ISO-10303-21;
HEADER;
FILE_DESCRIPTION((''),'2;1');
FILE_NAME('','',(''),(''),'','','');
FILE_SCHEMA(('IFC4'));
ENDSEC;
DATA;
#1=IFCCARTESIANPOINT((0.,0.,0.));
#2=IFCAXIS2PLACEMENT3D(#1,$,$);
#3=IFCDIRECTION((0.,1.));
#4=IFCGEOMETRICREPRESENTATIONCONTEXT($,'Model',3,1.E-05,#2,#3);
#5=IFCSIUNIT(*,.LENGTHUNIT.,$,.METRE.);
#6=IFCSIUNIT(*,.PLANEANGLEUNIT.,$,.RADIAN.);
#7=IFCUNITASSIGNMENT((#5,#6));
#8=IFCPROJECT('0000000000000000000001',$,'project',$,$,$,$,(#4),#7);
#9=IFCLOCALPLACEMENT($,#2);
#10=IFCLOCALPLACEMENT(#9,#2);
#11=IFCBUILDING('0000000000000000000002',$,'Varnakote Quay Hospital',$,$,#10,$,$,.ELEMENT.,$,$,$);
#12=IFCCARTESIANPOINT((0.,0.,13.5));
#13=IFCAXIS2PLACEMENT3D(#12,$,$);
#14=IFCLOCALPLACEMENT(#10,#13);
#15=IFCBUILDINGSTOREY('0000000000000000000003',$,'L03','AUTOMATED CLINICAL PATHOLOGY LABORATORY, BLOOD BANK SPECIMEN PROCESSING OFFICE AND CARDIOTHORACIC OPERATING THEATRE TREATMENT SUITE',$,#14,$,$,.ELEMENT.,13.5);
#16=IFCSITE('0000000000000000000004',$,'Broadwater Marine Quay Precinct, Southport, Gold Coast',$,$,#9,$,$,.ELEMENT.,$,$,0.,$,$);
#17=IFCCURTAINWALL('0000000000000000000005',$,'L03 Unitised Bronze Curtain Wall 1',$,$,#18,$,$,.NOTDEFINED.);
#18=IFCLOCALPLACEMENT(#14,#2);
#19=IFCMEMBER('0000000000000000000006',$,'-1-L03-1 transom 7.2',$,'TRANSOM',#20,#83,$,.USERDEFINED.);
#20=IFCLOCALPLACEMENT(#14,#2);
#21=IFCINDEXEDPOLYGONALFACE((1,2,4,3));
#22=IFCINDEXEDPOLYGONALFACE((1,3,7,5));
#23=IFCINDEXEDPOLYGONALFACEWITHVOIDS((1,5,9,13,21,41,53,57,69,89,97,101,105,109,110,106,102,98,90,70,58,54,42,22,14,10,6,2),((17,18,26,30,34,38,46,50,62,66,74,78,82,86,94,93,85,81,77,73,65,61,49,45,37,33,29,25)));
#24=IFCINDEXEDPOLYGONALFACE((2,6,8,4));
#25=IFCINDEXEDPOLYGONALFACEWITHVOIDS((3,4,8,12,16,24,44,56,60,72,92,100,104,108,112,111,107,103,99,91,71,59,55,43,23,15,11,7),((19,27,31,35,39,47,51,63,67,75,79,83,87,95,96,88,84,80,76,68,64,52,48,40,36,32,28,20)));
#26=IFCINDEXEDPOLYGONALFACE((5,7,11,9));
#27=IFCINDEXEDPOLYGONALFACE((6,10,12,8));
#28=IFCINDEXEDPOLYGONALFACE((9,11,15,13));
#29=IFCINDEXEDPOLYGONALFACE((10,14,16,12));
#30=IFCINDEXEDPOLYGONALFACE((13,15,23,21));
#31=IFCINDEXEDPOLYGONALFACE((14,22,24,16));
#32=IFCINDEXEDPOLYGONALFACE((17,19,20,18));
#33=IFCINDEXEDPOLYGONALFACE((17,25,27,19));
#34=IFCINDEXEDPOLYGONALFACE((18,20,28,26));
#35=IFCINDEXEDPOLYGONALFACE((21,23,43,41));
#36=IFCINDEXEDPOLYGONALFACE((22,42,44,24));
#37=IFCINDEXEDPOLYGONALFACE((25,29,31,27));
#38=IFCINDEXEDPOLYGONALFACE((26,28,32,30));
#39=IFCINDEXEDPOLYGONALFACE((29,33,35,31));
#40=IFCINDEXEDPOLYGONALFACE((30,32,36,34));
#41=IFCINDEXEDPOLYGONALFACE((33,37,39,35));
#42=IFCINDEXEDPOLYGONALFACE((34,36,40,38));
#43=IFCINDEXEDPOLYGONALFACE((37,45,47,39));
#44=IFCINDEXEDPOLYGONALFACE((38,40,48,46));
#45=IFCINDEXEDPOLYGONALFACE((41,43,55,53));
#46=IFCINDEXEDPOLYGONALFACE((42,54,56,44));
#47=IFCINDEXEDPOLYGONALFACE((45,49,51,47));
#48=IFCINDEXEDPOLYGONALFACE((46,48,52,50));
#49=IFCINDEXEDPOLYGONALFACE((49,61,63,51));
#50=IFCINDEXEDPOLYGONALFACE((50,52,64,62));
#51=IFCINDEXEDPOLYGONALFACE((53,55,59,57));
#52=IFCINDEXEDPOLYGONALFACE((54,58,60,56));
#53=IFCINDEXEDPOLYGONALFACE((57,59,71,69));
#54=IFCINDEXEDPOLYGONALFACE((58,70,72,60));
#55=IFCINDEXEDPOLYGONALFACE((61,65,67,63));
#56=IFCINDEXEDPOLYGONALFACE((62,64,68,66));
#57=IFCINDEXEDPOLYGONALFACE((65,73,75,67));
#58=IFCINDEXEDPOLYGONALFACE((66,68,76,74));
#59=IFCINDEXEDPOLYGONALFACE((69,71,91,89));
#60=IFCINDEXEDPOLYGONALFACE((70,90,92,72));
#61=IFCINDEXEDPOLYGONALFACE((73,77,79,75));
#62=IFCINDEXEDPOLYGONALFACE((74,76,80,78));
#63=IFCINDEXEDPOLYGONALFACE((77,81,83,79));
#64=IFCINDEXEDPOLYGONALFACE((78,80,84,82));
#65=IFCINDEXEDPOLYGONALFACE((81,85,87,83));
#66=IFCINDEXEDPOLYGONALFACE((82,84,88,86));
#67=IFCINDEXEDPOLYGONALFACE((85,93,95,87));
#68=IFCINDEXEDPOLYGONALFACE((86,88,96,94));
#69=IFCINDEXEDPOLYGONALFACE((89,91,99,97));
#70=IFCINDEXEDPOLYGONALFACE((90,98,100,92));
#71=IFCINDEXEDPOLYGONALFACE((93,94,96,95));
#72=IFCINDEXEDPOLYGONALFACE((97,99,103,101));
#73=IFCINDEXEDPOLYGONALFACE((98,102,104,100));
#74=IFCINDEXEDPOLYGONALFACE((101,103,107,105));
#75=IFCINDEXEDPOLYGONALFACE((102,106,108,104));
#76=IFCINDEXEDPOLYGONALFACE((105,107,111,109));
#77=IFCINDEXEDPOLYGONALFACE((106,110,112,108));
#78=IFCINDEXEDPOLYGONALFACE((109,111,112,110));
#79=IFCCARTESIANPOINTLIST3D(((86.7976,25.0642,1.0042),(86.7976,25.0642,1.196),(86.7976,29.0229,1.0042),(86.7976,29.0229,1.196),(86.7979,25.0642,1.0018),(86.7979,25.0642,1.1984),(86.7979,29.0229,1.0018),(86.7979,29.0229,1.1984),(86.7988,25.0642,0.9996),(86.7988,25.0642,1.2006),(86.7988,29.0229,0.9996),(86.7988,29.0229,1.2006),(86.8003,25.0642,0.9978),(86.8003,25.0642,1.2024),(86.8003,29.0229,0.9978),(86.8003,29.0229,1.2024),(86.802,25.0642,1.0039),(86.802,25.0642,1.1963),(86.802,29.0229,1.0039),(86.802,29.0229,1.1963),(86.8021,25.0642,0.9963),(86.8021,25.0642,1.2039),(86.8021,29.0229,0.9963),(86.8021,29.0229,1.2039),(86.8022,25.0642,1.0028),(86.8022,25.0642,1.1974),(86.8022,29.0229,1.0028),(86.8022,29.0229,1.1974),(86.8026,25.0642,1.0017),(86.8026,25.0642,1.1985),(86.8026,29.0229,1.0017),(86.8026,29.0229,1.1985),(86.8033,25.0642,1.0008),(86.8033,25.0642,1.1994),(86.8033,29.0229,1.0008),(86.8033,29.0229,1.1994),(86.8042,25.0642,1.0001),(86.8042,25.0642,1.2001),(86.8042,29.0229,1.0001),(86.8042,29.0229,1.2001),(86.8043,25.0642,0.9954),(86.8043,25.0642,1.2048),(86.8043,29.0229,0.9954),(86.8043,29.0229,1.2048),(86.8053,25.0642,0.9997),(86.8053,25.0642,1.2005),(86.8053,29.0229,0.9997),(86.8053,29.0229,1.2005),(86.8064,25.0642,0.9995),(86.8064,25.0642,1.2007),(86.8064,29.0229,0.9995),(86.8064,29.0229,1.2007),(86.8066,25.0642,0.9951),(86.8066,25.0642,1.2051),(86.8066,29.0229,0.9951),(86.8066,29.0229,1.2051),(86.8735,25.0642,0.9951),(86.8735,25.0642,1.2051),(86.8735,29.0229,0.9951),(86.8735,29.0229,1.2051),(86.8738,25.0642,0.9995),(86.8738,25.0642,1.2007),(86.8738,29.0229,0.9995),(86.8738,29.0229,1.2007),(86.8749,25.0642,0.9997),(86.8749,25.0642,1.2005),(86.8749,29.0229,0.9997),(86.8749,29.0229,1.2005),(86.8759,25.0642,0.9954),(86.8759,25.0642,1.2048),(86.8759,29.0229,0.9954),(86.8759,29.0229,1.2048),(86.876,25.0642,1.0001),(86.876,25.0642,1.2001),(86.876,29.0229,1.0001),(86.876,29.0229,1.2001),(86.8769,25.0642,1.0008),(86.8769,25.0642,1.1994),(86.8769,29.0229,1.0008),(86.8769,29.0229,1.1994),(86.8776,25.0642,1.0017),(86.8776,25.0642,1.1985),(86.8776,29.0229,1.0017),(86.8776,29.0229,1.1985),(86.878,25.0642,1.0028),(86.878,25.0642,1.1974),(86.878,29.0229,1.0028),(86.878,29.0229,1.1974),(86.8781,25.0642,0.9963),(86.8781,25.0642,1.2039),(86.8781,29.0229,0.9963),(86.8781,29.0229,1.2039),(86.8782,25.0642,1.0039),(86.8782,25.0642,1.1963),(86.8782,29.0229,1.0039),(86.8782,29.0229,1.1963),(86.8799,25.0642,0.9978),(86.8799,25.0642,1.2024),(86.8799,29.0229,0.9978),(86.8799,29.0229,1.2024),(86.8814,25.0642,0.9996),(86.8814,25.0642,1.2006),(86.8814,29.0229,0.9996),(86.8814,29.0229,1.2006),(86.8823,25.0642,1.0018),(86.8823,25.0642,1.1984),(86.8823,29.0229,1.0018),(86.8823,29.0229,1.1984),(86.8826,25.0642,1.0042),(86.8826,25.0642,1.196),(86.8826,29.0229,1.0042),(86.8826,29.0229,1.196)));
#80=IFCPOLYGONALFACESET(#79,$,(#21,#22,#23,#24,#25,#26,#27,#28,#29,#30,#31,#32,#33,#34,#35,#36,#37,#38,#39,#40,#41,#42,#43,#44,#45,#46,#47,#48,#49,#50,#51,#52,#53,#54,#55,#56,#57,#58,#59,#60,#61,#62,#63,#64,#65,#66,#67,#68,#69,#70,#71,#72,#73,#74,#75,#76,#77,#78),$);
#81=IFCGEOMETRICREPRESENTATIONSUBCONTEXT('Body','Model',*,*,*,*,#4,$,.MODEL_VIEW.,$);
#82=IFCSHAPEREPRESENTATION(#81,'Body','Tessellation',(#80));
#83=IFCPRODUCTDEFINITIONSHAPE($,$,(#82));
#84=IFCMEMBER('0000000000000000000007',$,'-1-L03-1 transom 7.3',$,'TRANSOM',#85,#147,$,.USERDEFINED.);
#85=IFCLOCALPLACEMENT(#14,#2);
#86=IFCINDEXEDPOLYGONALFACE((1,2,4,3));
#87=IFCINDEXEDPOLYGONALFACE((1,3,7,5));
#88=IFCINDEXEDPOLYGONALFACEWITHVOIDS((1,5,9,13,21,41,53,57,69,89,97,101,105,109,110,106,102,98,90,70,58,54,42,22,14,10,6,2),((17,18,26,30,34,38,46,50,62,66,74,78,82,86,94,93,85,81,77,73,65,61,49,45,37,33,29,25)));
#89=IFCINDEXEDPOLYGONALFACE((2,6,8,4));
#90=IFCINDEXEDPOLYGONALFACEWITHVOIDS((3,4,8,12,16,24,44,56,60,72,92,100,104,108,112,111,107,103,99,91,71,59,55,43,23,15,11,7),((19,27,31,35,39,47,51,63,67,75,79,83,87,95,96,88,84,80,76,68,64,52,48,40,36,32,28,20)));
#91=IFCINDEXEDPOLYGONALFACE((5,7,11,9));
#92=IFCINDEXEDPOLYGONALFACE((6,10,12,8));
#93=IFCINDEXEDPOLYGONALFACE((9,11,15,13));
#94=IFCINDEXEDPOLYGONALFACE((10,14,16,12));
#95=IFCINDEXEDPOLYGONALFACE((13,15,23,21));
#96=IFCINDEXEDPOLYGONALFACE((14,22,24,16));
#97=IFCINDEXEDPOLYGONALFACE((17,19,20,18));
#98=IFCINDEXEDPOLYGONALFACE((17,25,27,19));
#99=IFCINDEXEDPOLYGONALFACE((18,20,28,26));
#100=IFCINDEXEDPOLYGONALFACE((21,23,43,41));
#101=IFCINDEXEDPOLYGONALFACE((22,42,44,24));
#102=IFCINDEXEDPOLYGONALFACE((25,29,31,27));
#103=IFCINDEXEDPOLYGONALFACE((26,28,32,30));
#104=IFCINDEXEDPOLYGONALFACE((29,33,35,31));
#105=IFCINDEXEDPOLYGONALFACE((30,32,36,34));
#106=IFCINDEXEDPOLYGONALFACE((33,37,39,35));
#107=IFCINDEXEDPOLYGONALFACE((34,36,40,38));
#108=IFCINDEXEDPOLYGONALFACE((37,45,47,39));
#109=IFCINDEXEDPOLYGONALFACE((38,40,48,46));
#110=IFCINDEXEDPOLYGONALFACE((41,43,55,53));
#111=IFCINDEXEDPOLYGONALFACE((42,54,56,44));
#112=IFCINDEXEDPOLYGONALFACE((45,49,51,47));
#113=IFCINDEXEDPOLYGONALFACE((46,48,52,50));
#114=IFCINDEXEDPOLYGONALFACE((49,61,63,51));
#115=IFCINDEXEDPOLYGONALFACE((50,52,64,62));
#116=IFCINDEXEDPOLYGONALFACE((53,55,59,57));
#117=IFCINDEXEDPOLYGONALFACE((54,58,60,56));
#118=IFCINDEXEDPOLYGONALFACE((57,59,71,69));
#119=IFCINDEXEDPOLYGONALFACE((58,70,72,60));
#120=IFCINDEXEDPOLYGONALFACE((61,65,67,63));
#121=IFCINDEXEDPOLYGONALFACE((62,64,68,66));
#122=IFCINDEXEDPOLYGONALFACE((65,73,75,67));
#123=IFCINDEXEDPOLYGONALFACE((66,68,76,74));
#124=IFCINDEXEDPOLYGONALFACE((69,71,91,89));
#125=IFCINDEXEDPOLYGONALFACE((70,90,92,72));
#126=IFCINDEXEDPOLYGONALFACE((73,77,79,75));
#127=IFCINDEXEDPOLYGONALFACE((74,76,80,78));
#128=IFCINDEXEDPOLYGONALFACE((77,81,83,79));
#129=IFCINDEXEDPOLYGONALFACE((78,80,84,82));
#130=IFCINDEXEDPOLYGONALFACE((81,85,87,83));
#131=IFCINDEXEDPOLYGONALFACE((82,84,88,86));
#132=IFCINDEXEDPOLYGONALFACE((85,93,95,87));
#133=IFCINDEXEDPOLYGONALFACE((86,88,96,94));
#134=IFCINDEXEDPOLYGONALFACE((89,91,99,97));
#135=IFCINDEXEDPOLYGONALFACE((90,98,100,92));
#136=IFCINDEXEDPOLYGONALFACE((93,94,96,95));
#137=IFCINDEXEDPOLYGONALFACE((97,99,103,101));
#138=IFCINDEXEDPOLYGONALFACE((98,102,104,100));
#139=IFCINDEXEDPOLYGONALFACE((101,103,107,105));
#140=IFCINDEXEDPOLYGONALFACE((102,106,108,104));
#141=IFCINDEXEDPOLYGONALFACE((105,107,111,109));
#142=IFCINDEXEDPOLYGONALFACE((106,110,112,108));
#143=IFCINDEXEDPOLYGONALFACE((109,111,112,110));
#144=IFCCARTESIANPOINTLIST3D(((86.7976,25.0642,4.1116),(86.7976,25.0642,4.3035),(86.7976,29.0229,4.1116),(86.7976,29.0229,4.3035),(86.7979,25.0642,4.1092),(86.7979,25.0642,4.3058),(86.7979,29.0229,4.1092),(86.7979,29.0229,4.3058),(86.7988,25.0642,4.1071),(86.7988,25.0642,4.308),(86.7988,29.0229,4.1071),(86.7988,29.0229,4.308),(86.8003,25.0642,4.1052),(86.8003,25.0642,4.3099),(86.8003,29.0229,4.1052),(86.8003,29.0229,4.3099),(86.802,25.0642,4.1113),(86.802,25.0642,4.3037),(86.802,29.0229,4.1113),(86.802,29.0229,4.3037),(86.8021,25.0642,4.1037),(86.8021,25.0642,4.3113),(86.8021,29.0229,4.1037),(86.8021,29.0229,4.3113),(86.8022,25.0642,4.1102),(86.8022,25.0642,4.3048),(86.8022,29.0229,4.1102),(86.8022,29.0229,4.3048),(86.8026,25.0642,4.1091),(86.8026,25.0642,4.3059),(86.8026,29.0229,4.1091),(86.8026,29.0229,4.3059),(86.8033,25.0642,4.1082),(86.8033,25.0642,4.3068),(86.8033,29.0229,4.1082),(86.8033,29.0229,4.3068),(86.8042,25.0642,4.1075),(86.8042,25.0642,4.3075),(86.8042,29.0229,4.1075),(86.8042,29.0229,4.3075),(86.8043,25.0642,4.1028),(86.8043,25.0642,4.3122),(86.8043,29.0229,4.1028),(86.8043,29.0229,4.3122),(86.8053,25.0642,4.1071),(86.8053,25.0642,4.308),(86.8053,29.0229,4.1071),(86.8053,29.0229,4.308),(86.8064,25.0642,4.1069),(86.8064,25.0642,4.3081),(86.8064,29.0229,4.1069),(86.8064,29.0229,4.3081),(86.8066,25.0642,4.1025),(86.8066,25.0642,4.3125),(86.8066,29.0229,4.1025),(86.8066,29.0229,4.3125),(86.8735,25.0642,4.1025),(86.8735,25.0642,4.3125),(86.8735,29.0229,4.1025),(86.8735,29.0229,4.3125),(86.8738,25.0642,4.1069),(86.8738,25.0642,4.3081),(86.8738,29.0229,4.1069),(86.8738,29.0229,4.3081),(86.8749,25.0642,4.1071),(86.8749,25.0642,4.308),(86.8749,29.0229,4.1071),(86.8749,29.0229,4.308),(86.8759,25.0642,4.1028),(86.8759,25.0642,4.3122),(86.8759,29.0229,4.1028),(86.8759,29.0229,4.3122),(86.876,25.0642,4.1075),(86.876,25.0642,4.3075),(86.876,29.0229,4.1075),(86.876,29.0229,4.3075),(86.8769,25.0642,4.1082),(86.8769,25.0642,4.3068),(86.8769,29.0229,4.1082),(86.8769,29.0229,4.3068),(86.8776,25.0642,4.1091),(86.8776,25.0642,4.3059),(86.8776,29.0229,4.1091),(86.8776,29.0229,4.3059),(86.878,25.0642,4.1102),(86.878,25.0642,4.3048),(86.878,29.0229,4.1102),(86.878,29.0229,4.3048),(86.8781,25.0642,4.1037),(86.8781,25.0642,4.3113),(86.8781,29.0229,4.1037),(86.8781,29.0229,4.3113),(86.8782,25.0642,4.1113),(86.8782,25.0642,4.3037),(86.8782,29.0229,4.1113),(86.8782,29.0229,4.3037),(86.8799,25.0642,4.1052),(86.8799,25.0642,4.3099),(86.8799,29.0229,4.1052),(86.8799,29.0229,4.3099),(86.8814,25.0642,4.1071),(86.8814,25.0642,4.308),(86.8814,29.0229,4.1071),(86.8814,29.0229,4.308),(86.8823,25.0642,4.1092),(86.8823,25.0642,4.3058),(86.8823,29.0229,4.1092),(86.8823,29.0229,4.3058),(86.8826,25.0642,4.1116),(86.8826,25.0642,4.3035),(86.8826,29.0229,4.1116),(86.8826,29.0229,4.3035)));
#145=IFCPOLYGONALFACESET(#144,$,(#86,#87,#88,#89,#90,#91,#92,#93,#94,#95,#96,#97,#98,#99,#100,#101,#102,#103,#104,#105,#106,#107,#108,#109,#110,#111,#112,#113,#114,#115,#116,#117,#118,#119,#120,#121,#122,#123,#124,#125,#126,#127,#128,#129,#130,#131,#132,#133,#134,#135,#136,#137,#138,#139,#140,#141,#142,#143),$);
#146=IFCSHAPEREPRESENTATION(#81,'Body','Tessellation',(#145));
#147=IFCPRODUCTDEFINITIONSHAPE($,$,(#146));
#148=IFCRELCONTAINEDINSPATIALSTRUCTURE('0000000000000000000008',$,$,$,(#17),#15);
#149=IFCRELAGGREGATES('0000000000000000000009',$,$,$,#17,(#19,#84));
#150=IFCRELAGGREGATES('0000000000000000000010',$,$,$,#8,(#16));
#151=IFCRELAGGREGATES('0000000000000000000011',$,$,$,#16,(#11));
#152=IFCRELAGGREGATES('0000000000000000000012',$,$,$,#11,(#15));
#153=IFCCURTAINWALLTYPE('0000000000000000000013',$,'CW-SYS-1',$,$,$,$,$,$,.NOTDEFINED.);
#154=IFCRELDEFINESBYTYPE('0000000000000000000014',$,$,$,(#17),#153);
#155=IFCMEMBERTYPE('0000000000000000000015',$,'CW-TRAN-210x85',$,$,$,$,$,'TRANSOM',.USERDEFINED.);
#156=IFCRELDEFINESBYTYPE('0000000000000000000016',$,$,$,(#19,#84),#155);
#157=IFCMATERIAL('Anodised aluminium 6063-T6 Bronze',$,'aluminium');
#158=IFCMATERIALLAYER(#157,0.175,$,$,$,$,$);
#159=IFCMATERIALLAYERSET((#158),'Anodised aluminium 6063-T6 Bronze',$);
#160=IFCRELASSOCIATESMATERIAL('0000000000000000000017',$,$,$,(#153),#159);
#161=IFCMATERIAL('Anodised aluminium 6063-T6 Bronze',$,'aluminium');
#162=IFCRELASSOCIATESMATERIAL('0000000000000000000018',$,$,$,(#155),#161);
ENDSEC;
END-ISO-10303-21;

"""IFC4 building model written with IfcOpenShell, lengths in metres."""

from ifc_helpers import new_model, si_unit, direction, frame, origin, origin_2d, place, context, subcontext, project, spatial, hollow_rectangle, extrude, material, layer, layer_set, material_profile, profile_set, type_object, element, aggregate, save


model = new_model("IFC4")

# Units and contexts
model_context = context("Model", 3, precision=1e-05, world=origin(), true_north=direction((0.0, 1.0)))
body_context = subcontext(model_context, "Body", "Model", "MODEL_VIEW")
ifc_project = project(units=[si_unit("LENGTHUNIT", "METRE"), si_unit("PLANEANGLEUNIT", "RADIAN")], contexts=[model_context])

# Site, building, storey
site_placement = place(None, origin())
site = spatial("IfcSite", under=ifc_project, at=site_placement, Name="Broadwater Marine Quay Precinct, Southport, Gold Coast", CompositionType="ELEMENT", RefElevation=0.0)
building_placement = place(site_placement, origin())
building = spatial("IfcBuilding", under=site, at=building_placement, Name="Varnakote Quay Hospital", CompositionType="ELEMENT")
storey_placement = place(building_placement, frame((0.0, 0.0, 13.5)))
storey = spatial("IfcBuildingStorey", under=building, at=storey_placement, Name="L03", Description="AUTOMATED CLINICAL PATHOLOGY LABORATORY, BLOOD BANK SPECIMEN PROCESSING OFFICE AND CARDIOTHORACIC OPERATING THEATRE TREATMENT SUITE", CompositionType="ELEMENT", Elevation=13.5)

# Curtain wall, members
ifc_material_1 = material(Name="Anodised aluminium 6063-T6 Bronze", Category="aluminium")
ifc_layer_1 = layer(ifc_material_1, 0.175)
ifc_layer_set_1 = layer_set([ifc_layer_1], Name="Anodised aluminium 6063-T6 Bronze")
curtain_wall_type = type_object("IfcCurtainWallType", Name="CW-SYS-1", PredefinedType="NOTDEFINED", material=ifc_layer_set_1)
curtain_wall_placement = place(storey_placement, origin())
curtain_wall = element("IfcCurtainWall", 1, at=curtain_wall_placement, inside=storey, type_object=curtain_wall_type, Name="L03 Unitised Bronze Curtain Wall 1", PredefinedType="NOTDEFINED")
ifc_material_2 = material(Name="Anodised aluminium 6063-T6 Bronze", Category="aluminium")
ifc_material_profile_1 = material_profile(ifc_material_2, hollow_rectangle(XDim=0.085, YDim=0.21, WallThickness=0.0044, InnerFilletRadius=0.0044, OuterFilletRadius=0.009, at=origin_2d()), Name="CW-TRAN-210x85")
ifc_profile_set_1 = profile_set([ifc_material_profile_1], Name="Anodised aluminium 6063-T6 Bronze")
member_type_1 = type_object("IfcMemberType", Name="CW-TRAN-210x85", ElementType="TRANSOM", PredefinedType="USERDEFINED", material=ifc_profile_set_1)
member_1_placement = place(storey_placement, frame((86.8401, 25.0642, 1.1001), z_axis=(0.0, 1.0, 0.0), x_axis=(-1.0, 0.0, 0.0)))
member_1 = element("IfcMember", 2, at=member_1_placement, type_object=member_type_1, Name="-1-L03-1 transom 7.2", ObjectType="TRANSOM", PredefinedType="USERDEFINED", context=body_context, shape_type="SweptSolid", body=[
    extrude(hollow_rectangle(XDim=0.085, YDim=0.21, WallThickness=0.0044, InnerFilletRadius=0.0044, OuterFilletRadius=0.009, at=origin_2d()), origin(), (0.0, 0.0, 1.0), 3.9587),
])
member_2_placement = place(storey_placement, frame((86.8401, 25.0642, 4.2075), z_axis=(0.0, 1.0, 0.0), x_axis=(-1.0, 0.0, 0.0)))
member_2 = element("IfcMember", 3, at=member_2_placement, type_object=member_type_1, Name="-1-L03-1 transom 7.3", ObjectType="TRANSOM", PredefinedType="USERDEFINED", context=body_context, shape_type="SweptSolid", body=[
    extrude(hollow_rectangle(XDim=0.085, YDim=0.21, WallThickness=0.0044, InnerFilletRadius=0.0044, OuterFilletRadius=0.009, at=origin_2d()), origin(), (0.0, 0.0, 1.0), 3.9587),
])
aggregate(curtain_wall, [member_1, member_2])

save(model, "model.ifc")
